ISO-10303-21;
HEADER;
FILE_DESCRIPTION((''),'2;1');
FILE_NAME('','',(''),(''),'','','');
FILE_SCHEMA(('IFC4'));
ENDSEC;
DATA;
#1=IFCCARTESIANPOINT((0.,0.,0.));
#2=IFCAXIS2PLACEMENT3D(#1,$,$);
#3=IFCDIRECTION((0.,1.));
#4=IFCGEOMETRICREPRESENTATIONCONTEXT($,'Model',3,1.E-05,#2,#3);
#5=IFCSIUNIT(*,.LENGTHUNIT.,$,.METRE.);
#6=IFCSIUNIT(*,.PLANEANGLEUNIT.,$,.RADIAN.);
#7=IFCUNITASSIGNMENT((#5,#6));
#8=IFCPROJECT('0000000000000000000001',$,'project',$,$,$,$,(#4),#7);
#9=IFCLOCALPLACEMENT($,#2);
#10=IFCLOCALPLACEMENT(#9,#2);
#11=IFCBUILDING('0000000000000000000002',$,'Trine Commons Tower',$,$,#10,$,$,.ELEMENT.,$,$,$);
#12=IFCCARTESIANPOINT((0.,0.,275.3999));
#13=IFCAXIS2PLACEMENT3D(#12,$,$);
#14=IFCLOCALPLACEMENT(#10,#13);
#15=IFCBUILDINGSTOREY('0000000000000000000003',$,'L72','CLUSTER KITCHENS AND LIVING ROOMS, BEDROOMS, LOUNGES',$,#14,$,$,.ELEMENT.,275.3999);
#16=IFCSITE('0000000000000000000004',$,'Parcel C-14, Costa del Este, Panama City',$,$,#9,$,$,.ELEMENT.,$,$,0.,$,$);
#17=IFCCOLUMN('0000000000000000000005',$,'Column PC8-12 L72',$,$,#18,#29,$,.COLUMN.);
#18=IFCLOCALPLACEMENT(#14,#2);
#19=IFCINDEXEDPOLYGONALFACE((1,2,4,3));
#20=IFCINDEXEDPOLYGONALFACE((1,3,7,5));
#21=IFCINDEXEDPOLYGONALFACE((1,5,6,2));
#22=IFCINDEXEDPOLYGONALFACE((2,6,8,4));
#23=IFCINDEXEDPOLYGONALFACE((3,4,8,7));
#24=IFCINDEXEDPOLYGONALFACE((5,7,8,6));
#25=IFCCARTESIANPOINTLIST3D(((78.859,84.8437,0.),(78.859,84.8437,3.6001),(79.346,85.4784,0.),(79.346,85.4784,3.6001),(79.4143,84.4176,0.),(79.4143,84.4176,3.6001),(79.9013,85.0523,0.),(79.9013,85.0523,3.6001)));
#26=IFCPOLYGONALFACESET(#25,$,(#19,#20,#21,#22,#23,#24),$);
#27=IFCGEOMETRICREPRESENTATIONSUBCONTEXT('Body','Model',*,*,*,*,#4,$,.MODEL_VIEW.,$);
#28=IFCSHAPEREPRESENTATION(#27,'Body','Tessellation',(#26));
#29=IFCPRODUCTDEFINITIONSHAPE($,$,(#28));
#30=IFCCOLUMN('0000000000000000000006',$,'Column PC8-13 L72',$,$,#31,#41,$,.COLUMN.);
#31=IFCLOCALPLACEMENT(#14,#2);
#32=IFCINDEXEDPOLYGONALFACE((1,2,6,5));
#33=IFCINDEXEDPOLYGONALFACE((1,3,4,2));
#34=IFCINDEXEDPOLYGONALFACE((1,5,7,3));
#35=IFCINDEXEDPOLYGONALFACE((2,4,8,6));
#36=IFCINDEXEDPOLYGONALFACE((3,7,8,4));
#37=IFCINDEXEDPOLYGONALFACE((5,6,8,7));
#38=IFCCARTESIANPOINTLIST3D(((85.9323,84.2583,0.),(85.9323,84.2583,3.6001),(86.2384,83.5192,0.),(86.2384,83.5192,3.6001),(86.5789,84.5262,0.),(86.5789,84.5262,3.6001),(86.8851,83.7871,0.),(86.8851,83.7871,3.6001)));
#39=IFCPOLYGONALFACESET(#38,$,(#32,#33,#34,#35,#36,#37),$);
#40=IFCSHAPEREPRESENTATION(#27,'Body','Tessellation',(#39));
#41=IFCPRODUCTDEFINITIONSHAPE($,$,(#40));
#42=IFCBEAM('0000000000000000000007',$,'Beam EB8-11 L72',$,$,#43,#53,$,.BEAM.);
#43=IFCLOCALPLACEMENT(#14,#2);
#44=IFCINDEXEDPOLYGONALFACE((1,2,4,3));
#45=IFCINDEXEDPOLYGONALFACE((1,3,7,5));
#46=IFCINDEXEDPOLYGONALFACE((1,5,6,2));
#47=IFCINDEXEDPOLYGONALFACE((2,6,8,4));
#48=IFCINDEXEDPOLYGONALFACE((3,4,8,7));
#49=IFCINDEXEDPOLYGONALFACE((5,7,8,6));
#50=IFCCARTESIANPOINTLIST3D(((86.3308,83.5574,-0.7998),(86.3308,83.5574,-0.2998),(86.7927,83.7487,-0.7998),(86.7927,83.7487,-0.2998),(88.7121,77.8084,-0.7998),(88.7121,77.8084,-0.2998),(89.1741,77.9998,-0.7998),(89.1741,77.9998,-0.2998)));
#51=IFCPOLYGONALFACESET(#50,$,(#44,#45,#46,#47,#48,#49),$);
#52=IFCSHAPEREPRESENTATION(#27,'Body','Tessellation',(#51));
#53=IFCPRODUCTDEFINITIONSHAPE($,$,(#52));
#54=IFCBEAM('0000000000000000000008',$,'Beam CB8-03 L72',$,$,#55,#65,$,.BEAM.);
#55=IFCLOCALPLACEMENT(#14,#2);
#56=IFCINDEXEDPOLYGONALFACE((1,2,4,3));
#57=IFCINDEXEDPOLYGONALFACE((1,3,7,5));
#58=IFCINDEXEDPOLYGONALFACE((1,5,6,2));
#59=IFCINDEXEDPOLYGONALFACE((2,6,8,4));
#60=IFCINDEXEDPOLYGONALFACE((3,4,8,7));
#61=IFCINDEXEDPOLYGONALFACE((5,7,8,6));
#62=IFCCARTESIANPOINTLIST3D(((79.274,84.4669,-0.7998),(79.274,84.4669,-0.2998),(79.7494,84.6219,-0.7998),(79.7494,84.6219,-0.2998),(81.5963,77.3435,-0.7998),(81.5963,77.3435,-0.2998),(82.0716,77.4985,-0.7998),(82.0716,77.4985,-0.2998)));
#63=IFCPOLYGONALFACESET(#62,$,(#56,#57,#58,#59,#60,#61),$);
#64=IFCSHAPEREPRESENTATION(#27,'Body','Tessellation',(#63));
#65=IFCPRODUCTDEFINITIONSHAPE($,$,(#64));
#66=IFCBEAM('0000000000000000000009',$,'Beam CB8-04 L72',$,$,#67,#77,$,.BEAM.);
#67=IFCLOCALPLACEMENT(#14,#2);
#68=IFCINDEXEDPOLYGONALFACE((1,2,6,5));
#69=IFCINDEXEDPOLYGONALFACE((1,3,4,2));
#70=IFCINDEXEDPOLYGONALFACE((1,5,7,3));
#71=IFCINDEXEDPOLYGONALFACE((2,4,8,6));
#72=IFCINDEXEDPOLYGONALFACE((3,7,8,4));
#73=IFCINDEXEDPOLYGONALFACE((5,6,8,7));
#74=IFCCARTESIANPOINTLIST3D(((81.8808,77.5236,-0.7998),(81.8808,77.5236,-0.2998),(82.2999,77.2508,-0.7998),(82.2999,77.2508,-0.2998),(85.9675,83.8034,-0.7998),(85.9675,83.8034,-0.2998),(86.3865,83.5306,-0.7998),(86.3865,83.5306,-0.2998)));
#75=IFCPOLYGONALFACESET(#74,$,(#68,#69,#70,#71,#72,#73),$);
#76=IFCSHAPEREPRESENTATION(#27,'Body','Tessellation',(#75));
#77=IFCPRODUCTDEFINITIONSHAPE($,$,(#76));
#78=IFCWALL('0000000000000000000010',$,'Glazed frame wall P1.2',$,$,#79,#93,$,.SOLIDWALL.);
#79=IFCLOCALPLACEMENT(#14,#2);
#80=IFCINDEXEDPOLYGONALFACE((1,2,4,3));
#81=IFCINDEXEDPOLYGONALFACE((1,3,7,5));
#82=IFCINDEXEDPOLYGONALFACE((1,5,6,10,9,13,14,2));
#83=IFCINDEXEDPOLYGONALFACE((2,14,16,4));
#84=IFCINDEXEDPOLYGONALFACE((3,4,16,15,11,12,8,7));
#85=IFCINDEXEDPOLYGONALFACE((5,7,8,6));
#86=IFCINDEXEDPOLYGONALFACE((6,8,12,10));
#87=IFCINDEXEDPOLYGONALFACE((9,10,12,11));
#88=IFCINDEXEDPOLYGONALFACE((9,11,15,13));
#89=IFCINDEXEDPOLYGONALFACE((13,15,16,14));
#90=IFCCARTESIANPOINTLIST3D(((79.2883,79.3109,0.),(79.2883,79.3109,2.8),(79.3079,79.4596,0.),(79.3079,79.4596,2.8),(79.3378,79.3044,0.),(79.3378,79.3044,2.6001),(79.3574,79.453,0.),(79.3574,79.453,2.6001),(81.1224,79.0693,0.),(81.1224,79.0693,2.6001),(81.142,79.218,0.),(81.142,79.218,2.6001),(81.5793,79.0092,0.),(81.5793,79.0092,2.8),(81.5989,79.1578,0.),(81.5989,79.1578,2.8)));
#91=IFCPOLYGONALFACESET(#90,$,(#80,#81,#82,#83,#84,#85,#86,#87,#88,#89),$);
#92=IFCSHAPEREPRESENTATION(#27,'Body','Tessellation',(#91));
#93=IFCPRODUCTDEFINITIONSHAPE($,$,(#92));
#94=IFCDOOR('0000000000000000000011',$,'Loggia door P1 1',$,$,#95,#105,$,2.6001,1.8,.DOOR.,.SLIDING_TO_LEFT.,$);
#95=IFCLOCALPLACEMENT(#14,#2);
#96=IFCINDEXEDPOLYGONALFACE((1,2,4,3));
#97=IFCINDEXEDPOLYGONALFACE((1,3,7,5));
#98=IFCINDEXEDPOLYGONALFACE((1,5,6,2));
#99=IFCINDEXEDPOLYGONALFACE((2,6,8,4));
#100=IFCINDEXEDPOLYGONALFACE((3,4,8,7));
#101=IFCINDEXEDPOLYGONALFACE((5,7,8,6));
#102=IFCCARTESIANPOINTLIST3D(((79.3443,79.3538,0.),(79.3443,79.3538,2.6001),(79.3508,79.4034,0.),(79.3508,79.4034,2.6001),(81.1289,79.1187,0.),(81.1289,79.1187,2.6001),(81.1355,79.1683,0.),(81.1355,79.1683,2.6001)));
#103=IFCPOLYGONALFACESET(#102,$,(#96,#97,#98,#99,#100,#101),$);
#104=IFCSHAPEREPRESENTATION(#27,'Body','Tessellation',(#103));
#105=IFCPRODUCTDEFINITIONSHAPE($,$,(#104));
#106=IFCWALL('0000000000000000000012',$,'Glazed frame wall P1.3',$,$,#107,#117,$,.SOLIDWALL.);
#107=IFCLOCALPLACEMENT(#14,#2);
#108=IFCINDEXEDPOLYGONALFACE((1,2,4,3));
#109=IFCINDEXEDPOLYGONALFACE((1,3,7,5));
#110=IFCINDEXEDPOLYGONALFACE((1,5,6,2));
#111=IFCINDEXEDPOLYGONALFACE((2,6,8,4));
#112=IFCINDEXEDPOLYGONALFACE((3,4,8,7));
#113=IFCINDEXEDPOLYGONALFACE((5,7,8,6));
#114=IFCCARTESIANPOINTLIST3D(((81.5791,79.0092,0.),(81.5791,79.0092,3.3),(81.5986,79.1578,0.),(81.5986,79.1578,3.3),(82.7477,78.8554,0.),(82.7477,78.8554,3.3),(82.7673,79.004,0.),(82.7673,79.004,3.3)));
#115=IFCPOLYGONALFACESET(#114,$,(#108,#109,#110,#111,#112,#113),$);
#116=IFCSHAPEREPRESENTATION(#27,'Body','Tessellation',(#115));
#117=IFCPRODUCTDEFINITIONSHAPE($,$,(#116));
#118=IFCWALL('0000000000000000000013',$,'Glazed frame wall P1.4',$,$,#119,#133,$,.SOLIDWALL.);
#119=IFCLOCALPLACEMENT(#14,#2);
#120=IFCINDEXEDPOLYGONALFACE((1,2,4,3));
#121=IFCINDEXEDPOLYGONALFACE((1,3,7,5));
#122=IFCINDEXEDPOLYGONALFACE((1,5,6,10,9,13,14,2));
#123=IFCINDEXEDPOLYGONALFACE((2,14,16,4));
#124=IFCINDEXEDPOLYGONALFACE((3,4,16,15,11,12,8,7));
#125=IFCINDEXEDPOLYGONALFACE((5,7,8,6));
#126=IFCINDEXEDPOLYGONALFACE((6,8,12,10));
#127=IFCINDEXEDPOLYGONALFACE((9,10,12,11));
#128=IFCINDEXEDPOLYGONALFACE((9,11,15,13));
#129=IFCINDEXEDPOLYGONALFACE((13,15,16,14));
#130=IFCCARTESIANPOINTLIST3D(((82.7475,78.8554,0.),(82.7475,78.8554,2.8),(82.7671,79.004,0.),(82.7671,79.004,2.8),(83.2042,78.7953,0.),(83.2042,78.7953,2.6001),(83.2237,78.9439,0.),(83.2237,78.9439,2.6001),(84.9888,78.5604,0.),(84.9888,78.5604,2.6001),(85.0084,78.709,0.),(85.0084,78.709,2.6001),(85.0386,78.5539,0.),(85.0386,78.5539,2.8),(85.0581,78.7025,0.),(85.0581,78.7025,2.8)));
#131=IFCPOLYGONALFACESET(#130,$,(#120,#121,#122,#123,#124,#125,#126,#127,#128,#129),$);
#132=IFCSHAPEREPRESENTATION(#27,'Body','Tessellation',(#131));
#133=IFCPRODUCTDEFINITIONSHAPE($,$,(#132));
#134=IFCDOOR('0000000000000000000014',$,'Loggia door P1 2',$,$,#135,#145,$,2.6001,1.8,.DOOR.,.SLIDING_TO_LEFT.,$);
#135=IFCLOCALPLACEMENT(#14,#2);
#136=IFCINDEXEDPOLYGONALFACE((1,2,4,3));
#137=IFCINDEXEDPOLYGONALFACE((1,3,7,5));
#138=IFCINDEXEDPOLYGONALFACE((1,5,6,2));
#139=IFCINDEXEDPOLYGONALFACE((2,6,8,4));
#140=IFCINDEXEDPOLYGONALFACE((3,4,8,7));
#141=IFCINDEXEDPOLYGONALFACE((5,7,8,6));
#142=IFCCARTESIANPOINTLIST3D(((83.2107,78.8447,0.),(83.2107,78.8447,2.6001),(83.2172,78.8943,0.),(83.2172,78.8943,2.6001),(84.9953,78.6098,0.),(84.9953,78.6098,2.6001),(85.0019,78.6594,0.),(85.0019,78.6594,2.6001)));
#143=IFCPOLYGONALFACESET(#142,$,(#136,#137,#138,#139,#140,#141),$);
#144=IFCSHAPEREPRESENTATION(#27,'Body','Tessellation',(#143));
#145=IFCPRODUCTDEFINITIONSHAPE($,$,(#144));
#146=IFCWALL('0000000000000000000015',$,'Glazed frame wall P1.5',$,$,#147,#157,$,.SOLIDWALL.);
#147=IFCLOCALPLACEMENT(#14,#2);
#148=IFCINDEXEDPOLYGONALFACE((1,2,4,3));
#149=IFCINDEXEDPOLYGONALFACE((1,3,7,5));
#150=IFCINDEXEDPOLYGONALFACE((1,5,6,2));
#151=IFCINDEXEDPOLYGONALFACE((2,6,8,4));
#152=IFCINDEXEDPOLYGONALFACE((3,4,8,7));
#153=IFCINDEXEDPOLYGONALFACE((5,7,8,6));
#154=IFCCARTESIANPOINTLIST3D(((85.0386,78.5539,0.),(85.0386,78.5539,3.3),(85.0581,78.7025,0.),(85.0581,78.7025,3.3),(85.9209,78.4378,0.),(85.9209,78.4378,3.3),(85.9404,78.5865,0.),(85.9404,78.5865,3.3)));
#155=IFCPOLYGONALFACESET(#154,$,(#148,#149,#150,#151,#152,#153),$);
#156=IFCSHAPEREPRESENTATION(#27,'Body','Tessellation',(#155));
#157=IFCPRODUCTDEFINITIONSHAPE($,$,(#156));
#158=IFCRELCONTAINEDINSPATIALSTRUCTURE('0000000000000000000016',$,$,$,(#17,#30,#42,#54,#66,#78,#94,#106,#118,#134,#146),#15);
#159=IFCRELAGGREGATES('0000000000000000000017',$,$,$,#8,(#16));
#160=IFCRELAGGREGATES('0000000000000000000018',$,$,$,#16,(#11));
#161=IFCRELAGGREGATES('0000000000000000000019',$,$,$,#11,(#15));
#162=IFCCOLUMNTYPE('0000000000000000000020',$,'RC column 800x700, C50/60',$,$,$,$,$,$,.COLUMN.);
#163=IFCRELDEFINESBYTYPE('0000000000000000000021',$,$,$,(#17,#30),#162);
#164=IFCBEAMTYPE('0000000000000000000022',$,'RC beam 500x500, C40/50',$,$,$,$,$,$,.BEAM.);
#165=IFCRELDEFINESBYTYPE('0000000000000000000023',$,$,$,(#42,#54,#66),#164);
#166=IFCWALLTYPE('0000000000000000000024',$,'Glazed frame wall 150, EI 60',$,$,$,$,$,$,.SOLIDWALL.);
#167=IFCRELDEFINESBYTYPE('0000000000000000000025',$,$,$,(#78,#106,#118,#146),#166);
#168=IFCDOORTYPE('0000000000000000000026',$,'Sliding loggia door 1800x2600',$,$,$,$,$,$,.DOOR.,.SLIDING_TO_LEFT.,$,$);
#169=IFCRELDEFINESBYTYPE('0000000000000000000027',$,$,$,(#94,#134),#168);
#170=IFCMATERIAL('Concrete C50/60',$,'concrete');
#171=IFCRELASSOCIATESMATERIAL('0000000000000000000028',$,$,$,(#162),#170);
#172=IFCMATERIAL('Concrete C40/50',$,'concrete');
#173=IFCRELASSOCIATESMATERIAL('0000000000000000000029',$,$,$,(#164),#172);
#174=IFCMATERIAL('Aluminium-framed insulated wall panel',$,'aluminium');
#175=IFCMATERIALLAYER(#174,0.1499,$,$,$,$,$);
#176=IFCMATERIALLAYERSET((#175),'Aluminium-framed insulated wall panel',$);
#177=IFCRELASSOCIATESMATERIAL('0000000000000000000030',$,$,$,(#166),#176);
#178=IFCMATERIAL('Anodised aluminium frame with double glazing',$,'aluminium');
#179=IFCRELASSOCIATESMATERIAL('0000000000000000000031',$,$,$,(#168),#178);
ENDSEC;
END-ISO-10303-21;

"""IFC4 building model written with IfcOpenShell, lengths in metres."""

from ifc_helpers import new_model, si_unit, direction, frame, frame_2d, origin, origin_2d, place, context, subcontext, project, spatial, polyline, rectangle, outline, extrude, material, layer, layer_set, material_profile, profile_set, type_object, element, fill, save


model = new_model("IFC4")

# Units and contexts
model_context = context("Model", 3, precision=1e-05, world=origin(), true_north=direction((0.0, 1.0)))
body_context = subcontext(model_context, "Body", "Model", "MODEL_VIEW")
ifc_project = project(units=[si_unit("LENGTHUNIT", "METRE"), si_unit("PLANEANGLEUNIT", "RADIAN")], contexts=[model_context])

# Site, building, storey
site_placement = place(None, origin())
site = spatial("IfcSite", under=ifc_project, at=site_placement, Name="Parcel C-14, Costa del Este, Panama City", CompositionType="ELEMENT", RefElevation=0.0)
building_placement = place(site_placement, origin())
building = spatial("IfcBuilding", under=site, at=building_placement, Name="Trine Commons Tower", CompositionType="ELEMENT")
storey_placement = place(building_placement, frame((0.0, 0.0, 275.3999)))
storey = spatial("IfcBuildingStorey", under=building, at=storey_placement, Name="L72", Description="CLUSTER KITCHENS AND LIVING ROOMS, BEDROOMS, LOUNGES", CompositionType="ELEMENT", Elevation=275.3999)

# Columns
ifc_material_1 = material(Name="Concrete C50/60", Category="concrete")
ifc_material_profile_1 = material_profile(ifc_material_1, rectangle(XDim=0.8, YDim=0.7, at=origin_2d()), Name="RC 800x700")
ifc_profile_set_1 = profile_set([ifc_material_profile_1], Name="Concrete C50/60")
column_type = type_object("IfcColumnType", Name="RC column 800x700, C50/60", PredefinedType="COLUMN", material=ifc_profile_set_1)
for number, where, z_axis, x_axis, name in (
    (1, (79.3801, 84.948, 0.0), (0.0, 0.0, 1.0), (0.608761, 0.793353, 0.0), "Column PC8-12 L72"),
    (2, (86.4087, 84.0227, 0.0), (0.0, 0.0, 1.0), (-0.382683, 0.92388, 0.0), "Column PC8-13 L72"),
):
    element("IfcColumn", number, at=place(storey_placement, frame(where, z_axis=z_axis, x_axis=x_axis)), inside=storey, type_object=column_type, Name=name, PredefinedType="COLUMN", context=body_context, shape_type="SweptSolid", body=[
        extrude(rectangle(XDim=0.8, YDim=0.7, at=origin_2d()), origin(), (0.0, 0.0, 1.0), 3.6001),
    ])

# Beams
ifc_material_2 = material(Name="Concrete C40/50", Category="concrete")
ifc_material_profile_2 = material_profile(ifc_material_2, rectangle(XDim=0.5, YDim=0.5, at=origin_2d()), Name="RC 500x500")
ifc_profile_set_2 = profile_set([ifc_material_profile_2], Name="Concrete C40/50")
beam_type = type_object("IfcBeamType", Name="RC beam 500x500, C40/50", PredefinedType="BEAM", material=ifc_profile_set_2)
beam_placement = place(storey_placement, frame((86.5618, 83.6531, -0.5498), z_axis=(0.382687, -0.923878, 0.0), x_axis=(0.923878, 0.382687, 0.0)))
element("IfcBeam", 3, at=beam_placement, inside=storey, type_object=beam_type, Name="Beam EB8-11 L72", PredefinedType="BEAM", context=body_context, shape_type="SweptSolid", body=[
    extrude(rectangle(XDim=0.5, YDim=0.5, at=origin_2d()), origin(), (0.0, 0.0, 1.0), 6.2227),
])
for number, where, z_axis, x_axis, name in (
    (4, (79.5117, 84.5444, -0.5498), (0.309945, -0.950754, 0.0), (0.950754, 0.309945, 0.0), "Beam CB8-03 L72"),
    (5, (86.177, 83.667, -0.5498), (-0.54544, -0.83815, 0.0), (0.83815, -0.54544, 0.0), "Beam CB8-04 L72"),
):
    element("IfcBeam", number, at=place(storey_placement, frame(where, z_axis=z_axis, x_axis=x_axis)), inside=storey, type_object=beam_type, Name=name, PredefinedType="BEAM", context=body_context, shape_type="SweptSolid", body=[
        extrude(rectangle(XDim=0.5, YDim=0.5, at=origin_2d()), origin(), (0.0, 0.0, 1.0), 7.4924),
    ])

# Wall, opening, door
ifc_material_3 = material(Name="Aluminium-framed insulated wall panel", Category="aluminium")
ifc_layer_1 = layer(ifc_material_3, 0.1499)
ifc_layer_set_1 = layer_set([ifc_layer_1], Name="Aluminium-framed insulated wall panel")
wall_type_1 = type_object("IfcWallType", Name="Glazed frame wall 150, EI 60", PredefinedType="SOLIDWALL", material=ifc_layer_set_1)
wall_1_placement = place(storey_placement, frame((79.2981, 79.3853, 0.0), z_axis=(0.0, 0.0, 1.0), x_axis=(0.991435, -0.130599, 0.0)))
wall_1 = element("IfcWall", 6, at=wall_1_placement, inside=storey, type_object=wall_type_1, Name="Glazed frame wall P1.2", PredefinedType="SOLIDWALL", context=body_context, shape_type="SweptSolid", body=[
    extrude(outline(polyline([(0.0, -0.075), (2.3108, -0.075), (2.3108, 0.075), (0.0, 0.075), (0.0, -0.075)])), origin(), (0.0, 0.0, 1.0), 2.8),
])
opening_1_placement = place(wall_1_placement, frame((0.05, 0.0, 0.0)))
opening_1 = element("IfcOpeningElement", 7, at=opening_1_placement, cuts=wall_1, PredefinedType="OPENING", context=body_context, shape_type="SweptSolid", body=[
    extrude(rectangle(XDim=1.8, YDim=2.6001, at=frame_2d((0.8999, 1.3))), frame((0.0, 0.085, 0.0), z_axis=(0.0, -1.0, 0.0), x_axis=(1.0, 0.0, 0.0)), (0.0, 0.0, 1.0), 0.1699),
])
ifc_material_4 = material(Name="Anodised aluminium frame with double glazing", Category="aluminium")
door_type = type_object("IfcDoorType", Name="Sliding loggia door 1800x2600", OperationType="SLIDING_TO_LEFT", PredefinedType="DOOR", material=ifc_material_4)
door_1_placement = place(opening_1_placement, origin())
door_1 = element("IfcDoor", 8, at=door_1_placement, inside=storey, type_object=door_type, Name="Loggia door P1 1", OperationType="SLIDING_TO_LEFT", OverallHeight=2.6001, OverallWidth=1.8, PredefinedType="DOOR", context=body_context, shape_type="SweptSolid", body=[
    extrude(rectangle(XDim=1.8, YDim=2.6001, at=frame_2d((0.8999, 1.3))), frame((0.0, 0.0249, 0.0), z_axis=(0.0, -1.0, 0.0), x_axis=(1.0, 0.0, 0.0)), (0.0, 0.0, 1.0), 0.05),
])
fill(opening_1, door_1)

# Wall
wall_2_placement = place(storey_placement, frame((81.5889, 79.0835, 0.0), z_axis=(0.0, 0.0, 1.0), x_axis=(0.991447, -0.130508, 0.0)))
element("IfcWall", 9, at=wall_2_placement, inside=storey, type_object=wall_type_1, Name="Glazed frame wall P1.3", PredefinedType="SOLIDWALL", context=body_context, shape_type="SweptSolid", body=[
    extrude(outline(polyline([(0.0, -0.075), (1.1787, -0.075), (1.1787, 0.075), (0.0, 0.075), (0.0, -0.075)])), origin(), (0.0, 0.0, 1.0), 3.3),
])

# Wall, opening, door
wall_3_placement = place(storey_placement, frame((82.7573, 78.9297, 0.0), z_axis=(0.0, 0.0, 1.0), x_axis=(0.991451, -0.130482, 0.0)))
wall_3 = element("IfcWall", 10, at=wall_3_placement, inside=storey, type_object=wall_type_1, Name="Glazed frame wall P1.4", PredefinedType="SOLIDWALL", context=body_context, shape_type="SweptSolid", body=[
    extrude(outline(polyline([(0.0, -0.075), (2.3108, -0.075), (2.3108, 0.075), (0.0, 0.075), (0.0, -0.075)])), origin(), (0.0, 0.0, 1.0), 2.8),
])
opening_2_placement = place(wall_3_placement, frame((0.4607, 0.0, 0.0)))
opening_2 = element("IfcOpeningElement", 11, at=opening_2_placement, cuts=wall_3, PredefinedType="OPENING", context=body_context, shape_type="SweptSolid", body=[
    extrude(rectangle(XDim=1.8, YDim=2.6001, at=frame_2d((0.8999, 1.3))), frame((0.0, 0.085, 0.0), z_axis=(0.0, -1.0, 0.0), x_axis=(1.0, 0.0, 0.0)), (0.0, 0.0, 1.0), 0.1699),
])
door_2_placement = place(opening_2_placement, origin())
door_2 = element("IfcDoor", 12, at=door_2_placement, inside=storey, type_object=door_type, Name="Loggia door P1 2", OperationType="SLIDING_TO_LEFT", OverallHeight=2.6001, OverallWidth=1.8, PredefinedType="DOOR", context=body_context, shape_type="SweptSolid", body=[
    extrude(rectangle(XDim=1.8, YDim=2.6001, at=frame_2d((0.8999, 1.3))), frame((0.0, 0.0249, 0.0), z_axis=(0.0, -1.0, 0.0), x_axis=(1.0, 0.0, 0.0)), (0.0, 0.0, 1.0), 0.05),
])
fill(opening_2, door_2)

# Wall
wall_4_placement = place(storey_placement, frame((85.0483, 78.6282, 0.0), z_axis=(0.0, 0.0, 1.0), x_axis=(0.991465, -0.130372, 0.0)))
element("IfcWall", 13, at=wall_4_placement, inside=storey, type_object=wall_type_1, Name="Glazed frame wall P1.5", PredefinedType="SOLIDWALL", context=body_context, shape_type="SweptSolid", body=[
    extrude(outline(polyline([(0.8899, 0.075), (0.0, 0.075), (0.0, -0.075), (0.8899, -0.075), (0.8899, 0.075)])), origin(), (0.0, 0.0, 1.0), 3.3),
])

save(model, "model.ifc")
